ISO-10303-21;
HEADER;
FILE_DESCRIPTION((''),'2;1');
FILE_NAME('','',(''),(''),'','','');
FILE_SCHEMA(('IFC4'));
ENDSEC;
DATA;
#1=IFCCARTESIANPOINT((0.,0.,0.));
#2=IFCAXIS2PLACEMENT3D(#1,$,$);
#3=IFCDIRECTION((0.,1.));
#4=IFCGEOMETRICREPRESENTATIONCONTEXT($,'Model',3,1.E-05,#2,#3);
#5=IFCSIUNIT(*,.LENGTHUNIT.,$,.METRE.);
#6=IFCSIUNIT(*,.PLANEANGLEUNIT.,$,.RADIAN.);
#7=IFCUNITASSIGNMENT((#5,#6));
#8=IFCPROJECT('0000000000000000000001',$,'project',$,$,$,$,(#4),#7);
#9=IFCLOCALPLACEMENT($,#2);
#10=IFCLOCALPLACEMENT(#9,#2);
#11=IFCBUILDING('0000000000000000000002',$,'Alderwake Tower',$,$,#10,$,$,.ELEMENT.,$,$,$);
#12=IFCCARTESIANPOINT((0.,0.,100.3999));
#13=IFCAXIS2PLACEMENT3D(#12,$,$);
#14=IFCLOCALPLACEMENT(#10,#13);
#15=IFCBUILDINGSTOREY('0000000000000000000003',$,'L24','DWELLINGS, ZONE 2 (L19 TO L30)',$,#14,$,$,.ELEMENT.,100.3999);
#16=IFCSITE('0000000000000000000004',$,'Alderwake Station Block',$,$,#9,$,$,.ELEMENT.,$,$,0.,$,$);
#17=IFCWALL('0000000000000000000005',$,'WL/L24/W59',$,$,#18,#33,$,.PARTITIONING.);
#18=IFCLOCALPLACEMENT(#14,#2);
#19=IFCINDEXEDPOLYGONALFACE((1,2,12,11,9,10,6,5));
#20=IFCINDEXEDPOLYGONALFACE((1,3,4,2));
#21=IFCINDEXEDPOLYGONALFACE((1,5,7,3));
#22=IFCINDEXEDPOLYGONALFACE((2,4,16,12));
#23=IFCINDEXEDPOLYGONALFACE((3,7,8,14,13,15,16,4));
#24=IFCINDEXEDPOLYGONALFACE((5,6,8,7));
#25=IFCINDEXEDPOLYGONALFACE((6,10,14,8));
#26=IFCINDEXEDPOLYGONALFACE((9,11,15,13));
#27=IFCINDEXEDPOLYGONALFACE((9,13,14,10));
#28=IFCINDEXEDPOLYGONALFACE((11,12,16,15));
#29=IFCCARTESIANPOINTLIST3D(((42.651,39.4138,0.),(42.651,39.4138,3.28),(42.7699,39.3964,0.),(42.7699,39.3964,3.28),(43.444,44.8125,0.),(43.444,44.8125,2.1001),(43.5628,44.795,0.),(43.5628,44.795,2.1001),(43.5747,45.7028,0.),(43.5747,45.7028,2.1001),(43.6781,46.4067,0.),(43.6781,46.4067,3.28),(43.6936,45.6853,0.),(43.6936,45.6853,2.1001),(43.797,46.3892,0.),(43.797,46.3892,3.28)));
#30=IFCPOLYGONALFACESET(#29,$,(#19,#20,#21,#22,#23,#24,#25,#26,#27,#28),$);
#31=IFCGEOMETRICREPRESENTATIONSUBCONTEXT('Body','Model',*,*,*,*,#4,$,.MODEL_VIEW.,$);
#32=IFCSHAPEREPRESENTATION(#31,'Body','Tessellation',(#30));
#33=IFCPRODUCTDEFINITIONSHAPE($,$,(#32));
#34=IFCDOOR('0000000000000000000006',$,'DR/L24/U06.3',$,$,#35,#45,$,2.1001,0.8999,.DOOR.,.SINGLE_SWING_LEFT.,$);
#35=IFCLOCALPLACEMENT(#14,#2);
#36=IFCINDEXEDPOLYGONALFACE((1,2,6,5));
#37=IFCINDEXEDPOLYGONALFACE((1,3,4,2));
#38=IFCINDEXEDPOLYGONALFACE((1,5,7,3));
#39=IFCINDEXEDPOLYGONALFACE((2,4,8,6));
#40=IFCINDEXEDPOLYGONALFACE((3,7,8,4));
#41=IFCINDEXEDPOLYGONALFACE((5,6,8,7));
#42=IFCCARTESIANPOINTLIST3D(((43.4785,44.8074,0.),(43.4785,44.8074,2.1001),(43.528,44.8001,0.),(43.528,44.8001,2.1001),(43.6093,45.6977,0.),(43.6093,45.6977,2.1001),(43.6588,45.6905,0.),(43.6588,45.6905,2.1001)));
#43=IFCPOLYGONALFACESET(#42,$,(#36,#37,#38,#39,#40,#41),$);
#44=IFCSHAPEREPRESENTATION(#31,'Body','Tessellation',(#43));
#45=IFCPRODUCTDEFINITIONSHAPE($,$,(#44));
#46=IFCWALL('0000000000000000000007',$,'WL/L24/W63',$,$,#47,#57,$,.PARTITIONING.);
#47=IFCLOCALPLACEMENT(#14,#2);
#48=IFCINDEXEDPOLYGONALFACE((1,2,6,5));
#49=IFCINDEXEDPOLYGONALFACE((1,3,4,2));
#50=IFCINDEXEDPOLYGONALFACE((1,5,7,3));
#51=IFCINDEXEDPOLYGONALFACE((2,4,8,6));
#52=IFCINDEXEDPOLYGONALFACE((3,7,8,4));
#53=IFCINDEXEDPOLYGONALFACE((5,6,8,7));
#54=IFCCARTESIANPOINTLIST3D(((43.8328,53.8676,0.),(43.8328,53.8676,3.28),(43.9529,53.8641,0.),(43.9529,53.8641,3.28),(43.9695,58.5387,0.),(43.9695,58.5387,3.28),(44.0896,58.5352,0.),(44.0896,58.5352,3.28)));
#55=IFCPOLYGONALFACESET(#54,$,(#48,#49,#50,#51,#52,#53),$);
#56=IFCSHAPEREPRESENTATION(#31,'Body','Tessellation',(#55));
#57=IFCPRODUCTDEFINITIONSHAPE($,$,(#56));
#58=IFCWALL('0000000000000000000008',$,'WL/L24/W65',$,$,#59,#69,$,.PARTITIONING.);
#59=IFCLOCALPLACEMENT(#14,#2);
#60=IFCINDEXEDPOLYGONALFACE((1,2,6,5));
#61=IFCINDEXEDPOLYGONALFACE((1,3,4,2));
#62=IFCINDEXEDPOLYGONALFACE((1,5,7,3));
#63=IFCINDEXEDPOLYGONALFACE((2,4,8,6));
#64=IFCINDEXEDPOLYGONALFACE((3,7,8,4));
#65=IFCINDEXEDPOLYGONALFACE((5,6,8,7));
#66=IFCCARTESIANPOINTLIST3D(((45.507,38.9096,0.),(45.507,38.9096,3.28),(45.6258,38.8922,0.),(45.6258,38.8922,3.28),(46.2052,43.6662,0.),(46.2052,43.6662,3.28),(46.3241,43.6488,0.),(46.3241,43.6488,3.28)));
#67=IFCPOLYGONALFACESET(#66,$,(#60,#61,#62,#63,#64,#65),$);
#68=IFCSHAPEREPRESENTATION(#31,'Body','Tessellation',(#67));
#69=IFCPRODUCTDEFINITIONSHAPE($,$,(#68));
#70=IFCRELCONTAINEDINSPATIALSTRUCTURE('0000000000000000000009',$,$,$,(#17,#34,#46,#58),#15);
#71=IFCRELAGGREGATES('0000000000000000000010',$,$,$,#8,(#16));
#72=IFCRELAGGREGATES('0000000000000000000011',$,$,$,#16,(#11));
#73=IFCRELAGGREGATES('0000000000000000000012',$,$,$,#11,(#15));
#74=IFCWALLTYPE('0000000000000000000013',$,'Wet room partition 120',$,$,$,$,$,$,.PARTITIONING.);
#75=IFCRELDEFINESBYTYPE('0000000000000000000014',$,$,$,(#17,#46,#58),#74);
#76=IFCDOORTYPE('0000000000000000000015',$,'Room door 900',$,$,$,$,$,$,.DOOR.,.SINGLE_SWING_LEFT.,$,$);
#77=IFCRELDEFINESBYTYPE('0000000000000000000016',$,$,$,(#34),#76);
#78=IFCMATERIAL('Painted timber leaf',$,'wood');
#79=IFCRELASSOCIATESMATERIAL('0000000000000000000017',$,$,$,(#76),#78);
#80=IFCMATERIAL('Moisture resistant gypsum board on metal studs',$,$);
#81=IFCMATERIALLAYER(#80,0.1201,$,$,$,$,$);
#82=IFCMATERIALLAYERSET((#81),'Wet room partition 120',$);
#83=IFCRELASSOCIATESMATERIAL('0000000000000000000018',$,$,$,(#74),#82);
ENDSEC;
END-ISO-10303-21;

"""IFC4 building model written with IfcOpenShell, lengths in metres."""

from ifc_helpers import new_model, si_unit, direction, frame, frame_2d, origin, place, context, subcontext, project, spatial, rectangle, extrude, material, layer, layer_set, type_object, element, fill, save


model = new_model("IFC4")

# Units and contexts
model_context = context("Model", 3, precision=1e-05, world=origin(), true_north=direction((0.0, 1.0)))
body_context = subcontext(model_context, "Body", "Model", "MODEL_VIEW")
ifc_project = project(units=[si_unit("LENGTHUNIT", "METRE"), si_unit("PLANEANGLEUNIT", "RADIAN")], contexts=[model_context])

# Site, building, storey
site_placement = place(None, origin())
site = spatial("IfcSite", under=ifc_project, at=site_placement, Name="Alderwake Station Block", CompositionType="ELEMENT", RefElevation=0.0)
building_placement = place(site_placement, origin())
building = spatial("IfcBuilding", under=site, at=building_placement, Name="Alderwake Tower", CompositionType="ELEMENT")
storey_placement = place(building_placement, frame((0.0, 0.0, 100.3999)))
storey = spatial("IfcBuildingStorey", under=building, at=storey_placement, Name="L24", Description="DWELLINGS, ZONE 2 (L19 TO L30)", CompositionType="ELEMENT", Elevation=100.3999)

# Shared definitions
ifc_material_1 = material(Name="Painted timber leaf", Category="wood")
door_type_1 = type_object("IfcDoorType", Name="Room door 900", OperationType="SINGLE_SWING_LEFT", PredefinedType="DOOR", material=ifc_material_1)

# Wall, opening, door
ifc_material_2 = material(Name="Moisture resistant gypsum board on metal studs")
ifc_layer_1 = layer(ifc_material_2, 0.1201)
ifc_layer_set_1 = layer_set([ifc_layer_1], Name="Wet room partition 120")
wall_type_1 = type_object("IfcWallType", Name="Wet room partition 120", PredefinedType="PARTITIONING", material=ifc_layer_set_1)
wall_1_placement = place(storey_placement, frame((43.7375, 46.3979, 0.0), z_axis=(0.0, 0.0, 1.0), x_axis=(-0.145318, -0.989385, 0.0)))
wall_1 = element("IfcWall", 1, at=wall_1_placement, inside=storey, type_object=wall_type_1, Name="WL/L24/W59", PredefinedType="PARTITIONING", context=body_context, shape_type="SweptSolid", body=[
    extrude(rectangle(XDim=7.0679, YDim=0.1201, at=frame_2d((3.5339, 0.0))), origin(), (0.0, 0.0, 1.0), 3.28),
])
opening_1_placement = place(wall_1_placement, frame((0.7114, 0.0, 0.0)))
opening_1 = element("IfcOpeningElement", 2, at=opening_1_placement, cuts=wall_1, PredefinedType="OPENING", context=body_context, shape_type="SweptSolid", body=[
    extrude(rectangle(XDim=0.8999, YDim=2.1001, at=frame_2d((0.45, 1.05))), frame((0.0, 0.0701, 0.0), z_axis=(0.0, -1.0, 0.0), x_axis=(1.0, 0.0, 0.0)), (0.0, 0.0, 1.0), 0.1401),
])
door_1_placement = place(opening_1_placement, origin())
door_1 = element("IfcDoor", 3, at=door_1_placement, inside=storey, type_object=door_type_1, Name="DR/L24/U06.3", OperationType="SINGLE_SWING_LEFT", OverallHeight=2.1001, OverallWidth=0.8999, PredefinedType="DOOR", context=body_context, shape_type="SweptSolid", body=[
    extrude(rectangle(XDim=0.8999, YDim=2.1001, at=frame_2d((0.45, 1.05))), frame((0.0, 0.0249, 0.0), z_axis=(0.0, -1.0, 0.0), x_axis=(1.0, 0.0, 0.0)), (0.0, 0.0, 1.0), 0.05),
])
fill(opening_1, door_1)

# Walls
wall_2_placement = place(storey_placement, frame((43.8928, 53.866, 0.0), z_axis=(0.0, 0.0, 1.0), x_axis=(0.029256, 0.999572, 0.0)))
element("IfcWall", 4, at=wall_2_placement, inside=storey, type_object=wall_type_1, Name="WL/L24/W63", PredefinedType="PARTITIONING", context=body_context, shape_type="SweptSolid", body=[
    extrude(rectangle(XDim=4.6731, YDim=0.1201, at=frame_2d((2.3364, 0.0))), origin(), (0.0, 0.0, 1.0), 3.28),
])
wall_3_placement = place(storey_placement, frame((45.5664, 38.9009, 0.0), z_axis=(0.0, 0.0, 1.0), x_axis=(0.145238, 0.989397, 0.0)))
element("IfcWall", 5, at=wall_3_placement, inside=storey, type_object=wall_type_1, Name="WL/L24/W65", PredefinedType="PARTITIONING", context=body_context, shape_type="SweptSolid", body=[
    extrude(rectangle(XDim=4.8076, YDim=0.1201, at=frame_2d((2.4038, 0.0))), origin(), (0.0, 0.0, 1.0), 3.28),
])

save(model, "model.ifc")
